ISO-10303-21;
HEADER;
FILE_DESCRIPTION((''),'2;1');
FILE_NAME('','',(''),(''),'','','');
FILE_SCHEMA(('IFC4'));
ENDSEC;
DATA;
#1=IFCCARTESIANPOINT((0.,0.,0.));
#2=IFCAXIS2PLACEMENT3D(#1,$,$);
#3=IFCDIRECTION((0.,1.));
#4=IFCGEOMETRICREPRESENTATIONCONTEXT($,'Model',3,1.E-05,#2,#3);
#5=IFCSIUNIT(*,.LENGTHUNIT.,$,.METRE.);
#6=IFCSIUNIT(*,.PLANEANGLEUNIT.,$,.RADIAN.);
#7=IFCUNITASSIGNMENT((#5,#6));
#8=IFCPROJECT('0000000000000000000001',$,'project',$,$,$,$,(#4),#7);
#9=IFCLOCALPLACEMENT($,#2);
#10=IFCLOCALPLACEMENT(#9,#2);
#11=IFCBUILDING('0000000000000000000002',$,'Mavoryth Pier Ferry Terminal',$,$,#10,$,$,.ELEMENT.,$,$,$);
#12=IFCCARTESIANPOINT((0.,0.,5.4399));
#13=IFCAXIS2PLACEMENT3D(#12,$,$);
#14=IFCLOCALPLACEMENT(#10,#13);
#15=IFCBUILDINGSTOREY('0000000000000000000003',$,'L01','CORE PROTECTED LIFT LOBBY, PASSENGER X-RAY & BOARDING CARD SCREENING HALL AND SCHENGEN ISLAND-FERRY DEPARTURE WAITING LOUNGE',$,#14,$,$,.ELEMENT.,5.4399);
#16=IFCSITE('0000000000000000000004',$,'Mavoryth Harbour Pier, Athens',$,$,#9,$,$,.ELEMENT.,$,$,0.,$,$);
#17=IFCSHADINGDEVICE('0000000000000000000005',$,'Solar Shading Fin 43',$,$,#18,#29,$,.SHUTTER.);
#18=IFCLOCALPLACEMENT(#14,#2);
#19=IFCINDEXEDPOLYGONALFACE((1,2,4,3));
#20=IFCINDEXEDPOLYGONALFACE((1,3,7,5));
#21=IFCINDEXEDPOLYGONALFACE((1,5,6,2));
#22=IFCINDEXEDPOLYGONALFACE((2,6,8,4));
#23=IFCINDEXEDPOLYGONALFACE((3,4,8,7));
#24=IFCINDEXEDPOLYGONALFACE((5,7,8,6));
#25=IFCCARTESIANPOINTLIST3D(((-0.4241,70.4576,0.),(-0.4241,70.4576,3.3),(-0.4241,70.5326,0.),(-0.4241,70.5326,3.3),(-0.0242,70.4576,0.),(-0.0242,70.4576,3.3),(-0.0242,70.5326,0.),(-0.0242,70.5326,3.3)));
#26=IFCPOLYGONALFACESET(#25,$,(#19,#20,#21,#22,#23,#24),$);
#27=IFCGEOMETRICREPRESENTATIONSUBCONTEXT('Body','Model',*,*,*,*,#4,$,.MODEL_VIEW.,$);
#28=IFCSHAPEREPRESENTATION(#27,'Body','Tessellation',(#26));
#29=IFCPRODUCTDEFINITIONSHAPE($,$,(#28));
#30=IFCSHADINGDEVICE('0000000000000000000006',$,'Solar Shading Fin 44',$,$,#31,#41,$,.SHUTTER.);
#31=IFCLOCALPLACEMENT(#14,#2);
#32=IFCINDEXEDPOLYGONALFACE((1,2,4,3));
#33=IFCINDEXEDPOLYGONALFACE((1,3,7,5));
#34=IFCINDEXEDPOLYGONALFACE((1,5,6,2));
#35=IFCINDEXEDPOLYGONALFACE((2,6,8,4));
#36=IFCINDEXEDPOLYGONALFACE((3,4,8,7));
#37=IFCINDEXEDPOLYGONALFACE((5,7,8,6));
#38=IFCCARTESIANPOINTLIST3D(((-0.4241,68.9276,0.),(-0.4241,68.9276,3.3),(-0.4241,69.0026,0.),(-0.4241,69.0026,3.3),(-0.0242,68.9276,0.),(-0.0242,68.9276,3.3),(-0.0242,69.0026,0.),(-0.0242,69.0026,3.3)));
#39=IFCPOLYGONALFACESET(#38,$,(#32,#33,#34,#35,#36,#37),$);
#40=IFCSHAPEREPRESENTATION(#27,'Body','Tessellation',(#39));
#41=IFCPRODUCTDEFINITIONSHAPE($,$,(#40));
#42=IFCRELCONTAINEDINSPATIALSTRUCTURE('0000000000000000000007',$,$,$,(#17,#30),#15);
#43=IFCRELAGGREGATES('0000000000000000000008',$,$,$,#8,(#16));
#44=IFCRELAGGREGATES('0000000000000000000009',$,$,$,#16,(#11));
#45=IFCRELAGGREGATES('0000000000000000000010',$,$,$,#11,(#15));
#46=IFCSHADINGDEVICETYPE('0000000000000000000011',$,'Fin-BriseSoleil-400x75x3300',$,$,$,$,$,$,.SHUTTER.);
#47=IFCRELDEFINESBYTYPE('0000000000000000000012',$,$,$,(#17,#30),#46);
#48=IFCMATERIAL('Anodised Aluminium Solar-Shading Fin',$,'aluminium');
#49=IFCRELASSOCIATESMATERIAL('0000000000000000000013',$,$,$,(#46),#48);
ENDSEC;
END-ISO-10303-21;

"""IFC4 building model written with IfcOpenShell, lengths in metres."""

from ifc_helpers import new_model, si_unit, direction, frame, origin, origin_2d, place, context, subcontext, project, spatial, rectangle, extrude, material, type_object, element, save


model = new_model("IFC4")

# Units and contexts
model_context = context("Model", 3, precision=1e-05, world=origin(), true_north=direction((0.0, 1.0)))
body_context = subcontext(model_context, "Body", "Model", "MODEL_VIEW")
ifc_project = project(units=[si_unit("LENGTHUNIT", "METRE"), si_unit("PLANEANGLEUNIT", "RADIAN")], contexts=[model_context])

# Site, building, storey
site_placement = place(None, origin())
site = spatial("IfcSite", under=ifc_project, at=site_placement, Name="Mavoryth Harbour Pier, Athens", CompositionType="ELEMENT", RefElevation=0.0)
building_placement = place(site_placement, origin())
building = spatial("IfcBuilding", under=site, at=building_placement, Name="Mavoryth Pier Ferry Terminal", CompositionType="ELEMENT")
storey_placement = place(building_placement, frame((0.0, 0.0, 5.4399)))
storey = spatial("IfcBuildingStorey", under=building, at=storey_placement, Name="L01", Description="CORE PROTECTED LIFT LOBBY, PASSENGER X-RAY & BOARDING CARD SCREENING HALL AND SCHENGEN ISLAND-FERRY DEPARTURE WAITING LOUNGE", CompositionType="ELEMENT", Elevation=5.4399)

# Shading devices
ifc_material_1 = material(Name="Anodised Aluminium Solar-Shading Fin", Category="aluminium")
shading_device_type = type_object("IfcShadingDeviceType", Name="Fin-BriseSoleil-400x75x3300", PredefinedType="SHUTTER", material=ifc_material_1)
for number, where, z_axis, x_axis, name in (
    (1, (-0.2241, 70.4951, 0.0), (0.0, 0.0, 1.0), (0.0, -1.0, 0.0), "Solar Shading Fin 43"),
    (2, (-0.2241, 68.9651, 0.0), (0.0, 0.0, 1.0), (0.0, -1.0, 0.0), "Solar Shading Fin 44"),
):
    element("IfcShadingDevice", number, at=place(storey_placement, frame(where, z_axis=z_axis, x_axis=x_axis)), inside=storey, type_object=shading_device_type, Name=name, PredefinedType="SHUTTER", context=body_context, shape_type="SweptSolid", body=[
        extrude(rectangle(XDim=0.075, YDim=0.3999, at=origin_2d()), origin(), (0.0, 0.0, 1.0), 3.3),
    ])

save(model, "model.ifc")
